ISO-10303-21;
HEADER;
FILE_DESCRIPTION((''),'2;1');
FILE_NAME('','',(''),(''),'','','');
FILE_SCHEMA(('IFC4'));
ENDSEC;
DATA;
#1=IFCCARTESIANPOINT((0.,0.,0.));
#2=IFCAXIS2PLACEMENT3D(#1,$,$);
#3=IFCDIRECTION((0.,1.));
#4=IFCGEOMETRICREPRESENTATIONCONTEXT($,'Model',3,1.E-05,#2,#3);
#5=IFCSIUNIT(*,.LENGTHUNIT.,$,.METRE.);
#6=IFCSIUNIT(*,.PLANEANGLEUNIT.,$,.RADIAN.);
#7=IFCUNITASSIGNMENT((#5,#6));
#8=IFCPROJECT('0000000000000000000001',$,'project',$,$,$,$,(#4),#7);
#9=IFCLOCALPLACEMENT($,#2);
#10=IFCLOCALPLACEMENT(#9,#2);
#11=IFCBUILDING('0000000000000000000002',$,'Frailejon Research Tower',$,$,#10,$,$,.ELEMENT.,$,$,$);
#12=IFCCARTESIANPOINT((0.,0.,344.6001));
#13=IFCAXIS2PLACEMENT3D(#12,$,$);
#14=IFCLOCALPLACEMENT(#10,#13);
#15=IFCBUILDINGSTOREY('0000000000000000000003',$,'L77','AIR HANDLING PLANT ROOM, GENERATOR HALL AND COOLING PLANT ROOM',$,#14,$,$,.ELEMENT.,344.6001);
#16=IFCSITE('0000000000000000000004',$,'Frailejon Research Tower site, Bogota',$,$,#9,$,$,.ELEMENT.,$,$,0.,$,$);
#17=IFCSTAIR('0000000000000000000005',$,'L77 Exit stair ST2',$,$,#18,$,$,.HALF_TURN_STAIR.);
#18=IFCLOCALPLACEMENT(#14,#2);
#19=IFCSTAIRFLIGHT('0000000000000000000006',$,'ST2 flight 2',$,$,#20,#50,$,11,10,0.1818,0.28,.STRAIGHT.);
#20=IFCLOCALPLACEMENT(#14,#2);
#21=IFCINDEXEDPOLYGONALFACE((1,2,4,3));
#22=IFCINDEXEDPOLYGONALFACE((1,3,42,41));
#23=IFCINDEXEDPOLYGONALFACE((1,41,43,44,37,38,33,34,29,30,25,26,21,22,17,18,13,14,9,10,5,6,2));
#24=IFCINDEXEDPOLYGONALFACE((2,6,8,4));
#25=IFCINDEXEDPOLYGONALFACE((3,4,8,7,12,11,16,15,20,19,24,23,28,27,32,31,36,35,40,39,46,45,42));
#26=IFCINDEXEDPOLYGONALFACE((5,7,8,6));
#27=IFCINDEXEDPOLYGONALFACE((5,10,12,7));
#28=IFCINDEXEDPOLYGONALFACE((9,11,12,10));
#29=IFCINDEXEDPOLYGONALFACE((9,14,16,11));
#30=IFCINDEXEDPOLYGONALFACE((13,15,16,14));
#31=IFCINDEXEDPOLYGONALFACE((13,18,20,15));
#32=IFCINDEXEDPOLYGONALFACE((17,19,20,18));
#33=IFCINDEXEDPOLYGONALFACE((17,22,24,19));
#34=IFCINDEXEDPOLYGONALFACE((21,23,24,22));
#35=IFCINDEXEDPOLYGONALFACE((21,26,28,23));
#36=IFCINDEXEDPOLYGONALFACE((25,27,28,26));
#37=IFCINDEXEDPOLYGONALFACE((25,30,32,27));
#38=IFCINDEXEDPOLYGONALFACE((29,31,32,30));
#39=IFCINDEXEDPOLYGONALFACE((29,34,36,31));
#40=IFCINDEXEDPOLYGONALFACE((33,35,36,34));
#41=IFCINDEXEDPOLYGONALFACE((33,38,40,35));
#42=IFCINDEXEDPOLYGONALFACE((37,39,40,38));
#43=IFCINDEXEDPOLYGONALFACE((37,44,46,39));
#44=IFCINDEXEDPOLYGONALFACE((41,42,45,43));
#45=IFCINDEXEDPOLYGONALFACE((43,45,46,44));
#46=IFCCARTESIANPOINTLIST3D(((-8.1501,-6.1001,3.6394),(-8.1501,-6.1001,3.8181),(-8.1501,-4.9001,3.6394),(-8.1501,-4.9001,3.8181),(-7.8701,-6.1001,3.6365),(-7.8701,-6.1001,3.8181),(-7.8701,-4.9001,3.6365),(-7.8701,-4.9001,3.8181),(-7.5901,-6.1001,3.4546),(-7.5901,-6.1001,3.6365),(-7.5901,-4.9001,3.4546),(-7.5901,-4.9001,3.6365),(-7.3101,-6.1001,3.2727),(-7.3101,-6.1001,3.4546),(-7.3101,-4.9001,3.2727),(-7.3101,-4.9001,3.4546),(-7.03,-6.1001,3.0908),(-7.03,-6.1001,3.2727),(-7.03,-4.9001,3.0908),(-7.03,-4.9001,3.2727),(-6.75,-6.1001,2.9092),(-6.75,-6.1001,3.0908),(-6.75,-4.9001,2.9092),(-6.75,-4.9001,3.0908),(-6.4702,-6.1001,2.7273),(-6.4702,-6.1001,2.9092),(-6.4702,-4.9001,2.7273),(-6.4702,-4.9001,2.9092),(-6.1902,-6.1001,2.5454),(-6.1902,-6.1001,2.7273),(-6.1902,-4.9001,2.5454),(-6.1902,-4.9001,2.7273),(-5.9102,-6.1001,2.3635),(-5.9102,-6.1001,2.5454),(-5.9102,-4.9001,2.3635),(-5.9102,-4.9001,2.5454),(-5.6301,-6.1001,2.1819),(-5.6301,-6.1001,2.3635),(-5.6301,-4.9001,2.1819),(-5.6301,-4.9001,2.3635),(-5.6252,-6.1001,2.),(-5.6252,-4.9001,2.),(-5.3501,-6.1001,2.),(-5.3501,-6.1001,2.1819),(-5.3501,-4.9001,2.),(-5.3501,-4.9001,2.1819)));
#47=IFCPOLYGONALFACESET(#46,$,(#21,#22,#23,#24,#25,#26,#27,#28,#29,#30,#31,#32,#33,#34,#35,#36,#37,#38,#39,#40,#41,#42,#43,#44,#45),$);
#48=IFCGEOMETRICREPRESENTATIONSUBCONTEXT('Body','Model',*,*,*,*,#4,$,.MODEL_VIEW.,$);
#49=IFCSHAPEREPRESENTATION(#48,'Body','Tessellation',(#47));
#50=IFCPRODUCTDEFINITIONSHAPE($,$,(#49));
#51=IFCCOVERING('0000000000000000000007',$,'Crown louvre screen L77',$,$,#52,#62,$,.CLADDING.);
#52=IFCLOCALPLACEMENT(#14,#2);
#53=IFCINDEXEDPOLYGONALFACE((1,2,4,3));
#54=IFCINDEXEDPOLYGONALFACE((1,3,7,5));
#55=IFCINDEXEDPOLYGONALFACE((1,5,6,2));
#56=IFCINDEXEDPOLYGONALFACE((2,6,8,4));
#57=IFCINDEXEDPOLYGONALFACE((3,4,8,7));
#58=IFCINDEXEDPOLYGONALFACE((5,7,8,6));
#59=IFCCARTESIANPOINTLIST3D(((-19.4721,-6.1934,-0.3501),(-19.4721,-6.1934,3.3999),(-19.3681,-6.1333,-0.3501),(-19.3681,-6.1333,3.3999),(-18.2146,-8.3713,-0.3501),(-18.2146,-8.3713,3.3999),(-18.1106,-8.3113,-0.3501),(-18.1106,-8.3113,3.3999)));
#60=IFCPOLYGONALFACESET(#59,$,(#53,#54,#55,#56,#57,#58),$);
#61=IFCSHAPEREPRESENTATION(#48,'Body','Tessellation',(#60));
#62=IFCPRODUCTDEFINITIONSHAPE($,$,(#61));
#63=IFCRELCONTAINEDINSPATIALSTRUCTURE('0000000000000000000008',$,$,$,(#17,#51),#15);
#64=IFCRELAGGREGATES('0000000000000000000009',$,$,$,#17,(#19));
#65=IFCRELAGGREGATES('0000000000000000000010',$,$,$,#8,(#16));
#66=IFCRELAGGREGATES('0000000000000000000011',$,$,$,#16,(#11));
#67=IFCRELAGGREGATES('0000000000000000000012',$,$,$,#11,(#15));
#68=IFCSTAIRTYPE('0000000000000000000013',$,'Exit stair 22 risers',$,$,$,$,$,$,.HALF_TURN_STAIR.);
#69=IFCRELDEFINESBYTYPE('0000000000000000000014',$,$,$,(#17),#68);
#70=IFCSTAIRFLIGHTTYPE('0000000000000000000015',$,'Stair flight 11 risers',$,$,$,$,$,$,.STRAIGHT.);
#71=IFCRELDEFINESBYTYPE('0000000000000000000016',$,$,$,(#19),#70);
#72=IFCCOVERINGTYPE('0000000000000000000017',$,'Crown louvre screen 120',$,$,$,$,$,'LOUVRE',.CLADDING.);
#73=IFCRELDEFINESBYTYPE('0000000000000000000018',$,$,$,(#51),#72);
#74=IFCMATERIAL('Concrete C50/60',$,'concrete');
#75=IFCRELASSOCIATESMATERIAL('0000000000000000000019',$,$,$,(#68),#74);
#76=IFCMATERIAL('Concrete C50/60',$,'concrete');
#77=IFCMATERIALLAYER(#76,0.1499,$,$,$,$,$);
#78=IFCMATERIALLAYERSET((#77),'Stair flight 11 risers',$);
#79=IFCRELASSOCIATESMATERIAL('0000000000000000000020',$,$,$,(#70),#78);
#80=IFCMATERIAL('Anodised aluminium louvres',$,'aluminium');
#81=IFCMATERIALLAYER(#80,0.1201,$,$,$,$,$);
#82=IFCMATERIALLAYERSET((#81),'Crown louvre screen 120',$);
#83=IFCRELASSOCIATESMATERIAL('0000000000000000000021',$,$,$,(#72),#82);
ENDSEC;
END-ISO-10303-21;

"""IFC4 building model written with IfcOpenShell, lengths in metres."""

from ifc_helpers import new_model, si_unit, direction, frame, origin, place, context, subcontext, project, spatial, polyline, outline, extrude, material, layer, layer_set, type_object, element, aggregate, save


model = new_model("IFC4")

# Units and contexts
model_context = context("Model", 3, precision=1e-05, world=origin(), true_north=direction((0.0, 1.0)))
body_context = subcontext(model_context, "Body", "Model", "MODEL_VIEW")
ifc_project = project(units=[si_unit("LENGTHUNIT", "METRE"), si_unit("PLANEANGLEUNIT", "RADIAN")], contexts=[model_context])

# Site, building, storey
site_placement = place(None, origin())
site = spatial("IfcSite", under=ifc_project, at=site_placement, Name="Frailejon Research Tower site, Bogota", CompositionType="ELEMENT", RefElevation=0.0)
building_placement = place(site_placement, origin())
building = spatial("IfcBuilding", under=site, at=building_placement, Name="Frailejon Research Tower", CompositionType="ELEMENT")
storey_placement = place(building_placement, frame((0.0, 0.0, 344.6001)))
storey = spatial("IfcBuildingStorey", under=building, at=storey_placement, Name="L77", Description="AIR HANDLING PLANT ROOM, GENERATOR HALL AND COOLING PLANT ROOM", CompositionType="ELEMENT", Elevation=344.6001)

# Stair, stair flight
ifc_material_1 = material(Name="Concrete C50/60", Category="concrete")
stair_type = type_object("IfcStairType", Name="Exit stair 22 risers", PredefinedType="HALF_TURN_STAIR", material=ifc_material_1)
stair_placement = place(storey_placement, origin())
stair = element("IfcStair", 1, at=stair_placement, inside=storey, type_object=stair_type, Name="L77 Exit stair ST2", PredefinedType="HALF_TURN_STAIR")
ifc_material_2 = material(Name="Concrete C50/60", Category="concrete")
ifc_layer_1 = layer(ifc_material_2, 0.1499)
ifc_layer_set_1 = layer_set([ifc_layer_1], Name="Stair flight 11 risers")
stair_flight_type = type_object("IfcStairFlightType", Name="Stair flight 11 risers", PredefinedType="STRAIGHT", material=ifc_layer_set_1)
stair_flight_1_placement = place(storey_placement, frame((-5.3501, -5.5, 2.0), z_axis=(0.0, 0.0, 1.0), x_axis=(-1.0, 0.0, 0.0)))
stair_flight_1 = element("IfcStairFlight", 2, at=stair_flight_1_placement, type_object=stair_flight_type, Name="ST2 flight 2", NumberOfRisers=11, NumberOfTreads=10, PredefinedType="STRAIGHT", RiserHeight=0.1818, TreadLength=0.28, context=body_context, shape_type="SweptSolid", body=[
    extrude(outline(polyline([(0.0, 0.0), (0.0, 0.1819), (0.28, 0.1819), (0.28, 0.3635), (0.5601, 0.3635), (0.5601, 0.5454), (0.8401, 0.5454), (0.8401, 0.7273), (1.1201, 0.7273), (1.1201, 0.9092), (1.3999, 0.9092), (1.3999, 1.0908), (1.6799, 1.0908), (1.6799, 1.2727), (1.96, 1.2727), (1.96, 1.4546), (2.24, 1.4546), (2.24, 1.6365), (2.52, 1.6365), (2.52, 1.8181), (2.8, 1.8181), (2.8, 2.0), (2.8, 1.6394), (0.2751, 0.0), (0.0, 0.0)])), frame((0.0, 0.6001, 0.0), z_axis=(0.0, -1.0, 0.0), x_axis=(1.0, 0.0, 0.0)), (0.0, 0.0, 1.0), 1.2),
])
aggregate(stair, [stair_flight_1])

# Covering
ifc_material_3 = material(Name="Anodised aluminium louvres", Category="aluminium")
ifc_layer_2 = layer(ifc_material_3, 0.1201)
ifc_layer_set_2 = layer_set([ifc_layer_2], Name="Crown louvre screen 120")
covering_type = type_object("IfcCoveringType", Name="Crown louvre screen 120", ElementType="LOUVRE", PredefinedType="CLADDING", material=ifc_layer_set_2)
covering_placement = place(storey_placement, frame((-18.1626, -8.3413, -0.3501), z_axis=(-0.500009, 0.86602, 0.0), x_axis=(-0.86602, -0.500009, 0.0)))
element("IfcCovering", 3, at=covering_placement, inside=storey, type_object=covering_type, Name="Crown louvre screen L77", PredefinedType="CLADDING", context=body_context, shape_type="SweptSolid", body=[
    extrude(outline(polyline([(-0.0601, 0.0), (0.0601, 0.0), (0.0601, 3.75), (-0.0601, 3.75), (-0.0601, 0.0)])), origin(), (0.0, 0.0, 1.0), 2.5149),
])

save(model, "model.ifc")
